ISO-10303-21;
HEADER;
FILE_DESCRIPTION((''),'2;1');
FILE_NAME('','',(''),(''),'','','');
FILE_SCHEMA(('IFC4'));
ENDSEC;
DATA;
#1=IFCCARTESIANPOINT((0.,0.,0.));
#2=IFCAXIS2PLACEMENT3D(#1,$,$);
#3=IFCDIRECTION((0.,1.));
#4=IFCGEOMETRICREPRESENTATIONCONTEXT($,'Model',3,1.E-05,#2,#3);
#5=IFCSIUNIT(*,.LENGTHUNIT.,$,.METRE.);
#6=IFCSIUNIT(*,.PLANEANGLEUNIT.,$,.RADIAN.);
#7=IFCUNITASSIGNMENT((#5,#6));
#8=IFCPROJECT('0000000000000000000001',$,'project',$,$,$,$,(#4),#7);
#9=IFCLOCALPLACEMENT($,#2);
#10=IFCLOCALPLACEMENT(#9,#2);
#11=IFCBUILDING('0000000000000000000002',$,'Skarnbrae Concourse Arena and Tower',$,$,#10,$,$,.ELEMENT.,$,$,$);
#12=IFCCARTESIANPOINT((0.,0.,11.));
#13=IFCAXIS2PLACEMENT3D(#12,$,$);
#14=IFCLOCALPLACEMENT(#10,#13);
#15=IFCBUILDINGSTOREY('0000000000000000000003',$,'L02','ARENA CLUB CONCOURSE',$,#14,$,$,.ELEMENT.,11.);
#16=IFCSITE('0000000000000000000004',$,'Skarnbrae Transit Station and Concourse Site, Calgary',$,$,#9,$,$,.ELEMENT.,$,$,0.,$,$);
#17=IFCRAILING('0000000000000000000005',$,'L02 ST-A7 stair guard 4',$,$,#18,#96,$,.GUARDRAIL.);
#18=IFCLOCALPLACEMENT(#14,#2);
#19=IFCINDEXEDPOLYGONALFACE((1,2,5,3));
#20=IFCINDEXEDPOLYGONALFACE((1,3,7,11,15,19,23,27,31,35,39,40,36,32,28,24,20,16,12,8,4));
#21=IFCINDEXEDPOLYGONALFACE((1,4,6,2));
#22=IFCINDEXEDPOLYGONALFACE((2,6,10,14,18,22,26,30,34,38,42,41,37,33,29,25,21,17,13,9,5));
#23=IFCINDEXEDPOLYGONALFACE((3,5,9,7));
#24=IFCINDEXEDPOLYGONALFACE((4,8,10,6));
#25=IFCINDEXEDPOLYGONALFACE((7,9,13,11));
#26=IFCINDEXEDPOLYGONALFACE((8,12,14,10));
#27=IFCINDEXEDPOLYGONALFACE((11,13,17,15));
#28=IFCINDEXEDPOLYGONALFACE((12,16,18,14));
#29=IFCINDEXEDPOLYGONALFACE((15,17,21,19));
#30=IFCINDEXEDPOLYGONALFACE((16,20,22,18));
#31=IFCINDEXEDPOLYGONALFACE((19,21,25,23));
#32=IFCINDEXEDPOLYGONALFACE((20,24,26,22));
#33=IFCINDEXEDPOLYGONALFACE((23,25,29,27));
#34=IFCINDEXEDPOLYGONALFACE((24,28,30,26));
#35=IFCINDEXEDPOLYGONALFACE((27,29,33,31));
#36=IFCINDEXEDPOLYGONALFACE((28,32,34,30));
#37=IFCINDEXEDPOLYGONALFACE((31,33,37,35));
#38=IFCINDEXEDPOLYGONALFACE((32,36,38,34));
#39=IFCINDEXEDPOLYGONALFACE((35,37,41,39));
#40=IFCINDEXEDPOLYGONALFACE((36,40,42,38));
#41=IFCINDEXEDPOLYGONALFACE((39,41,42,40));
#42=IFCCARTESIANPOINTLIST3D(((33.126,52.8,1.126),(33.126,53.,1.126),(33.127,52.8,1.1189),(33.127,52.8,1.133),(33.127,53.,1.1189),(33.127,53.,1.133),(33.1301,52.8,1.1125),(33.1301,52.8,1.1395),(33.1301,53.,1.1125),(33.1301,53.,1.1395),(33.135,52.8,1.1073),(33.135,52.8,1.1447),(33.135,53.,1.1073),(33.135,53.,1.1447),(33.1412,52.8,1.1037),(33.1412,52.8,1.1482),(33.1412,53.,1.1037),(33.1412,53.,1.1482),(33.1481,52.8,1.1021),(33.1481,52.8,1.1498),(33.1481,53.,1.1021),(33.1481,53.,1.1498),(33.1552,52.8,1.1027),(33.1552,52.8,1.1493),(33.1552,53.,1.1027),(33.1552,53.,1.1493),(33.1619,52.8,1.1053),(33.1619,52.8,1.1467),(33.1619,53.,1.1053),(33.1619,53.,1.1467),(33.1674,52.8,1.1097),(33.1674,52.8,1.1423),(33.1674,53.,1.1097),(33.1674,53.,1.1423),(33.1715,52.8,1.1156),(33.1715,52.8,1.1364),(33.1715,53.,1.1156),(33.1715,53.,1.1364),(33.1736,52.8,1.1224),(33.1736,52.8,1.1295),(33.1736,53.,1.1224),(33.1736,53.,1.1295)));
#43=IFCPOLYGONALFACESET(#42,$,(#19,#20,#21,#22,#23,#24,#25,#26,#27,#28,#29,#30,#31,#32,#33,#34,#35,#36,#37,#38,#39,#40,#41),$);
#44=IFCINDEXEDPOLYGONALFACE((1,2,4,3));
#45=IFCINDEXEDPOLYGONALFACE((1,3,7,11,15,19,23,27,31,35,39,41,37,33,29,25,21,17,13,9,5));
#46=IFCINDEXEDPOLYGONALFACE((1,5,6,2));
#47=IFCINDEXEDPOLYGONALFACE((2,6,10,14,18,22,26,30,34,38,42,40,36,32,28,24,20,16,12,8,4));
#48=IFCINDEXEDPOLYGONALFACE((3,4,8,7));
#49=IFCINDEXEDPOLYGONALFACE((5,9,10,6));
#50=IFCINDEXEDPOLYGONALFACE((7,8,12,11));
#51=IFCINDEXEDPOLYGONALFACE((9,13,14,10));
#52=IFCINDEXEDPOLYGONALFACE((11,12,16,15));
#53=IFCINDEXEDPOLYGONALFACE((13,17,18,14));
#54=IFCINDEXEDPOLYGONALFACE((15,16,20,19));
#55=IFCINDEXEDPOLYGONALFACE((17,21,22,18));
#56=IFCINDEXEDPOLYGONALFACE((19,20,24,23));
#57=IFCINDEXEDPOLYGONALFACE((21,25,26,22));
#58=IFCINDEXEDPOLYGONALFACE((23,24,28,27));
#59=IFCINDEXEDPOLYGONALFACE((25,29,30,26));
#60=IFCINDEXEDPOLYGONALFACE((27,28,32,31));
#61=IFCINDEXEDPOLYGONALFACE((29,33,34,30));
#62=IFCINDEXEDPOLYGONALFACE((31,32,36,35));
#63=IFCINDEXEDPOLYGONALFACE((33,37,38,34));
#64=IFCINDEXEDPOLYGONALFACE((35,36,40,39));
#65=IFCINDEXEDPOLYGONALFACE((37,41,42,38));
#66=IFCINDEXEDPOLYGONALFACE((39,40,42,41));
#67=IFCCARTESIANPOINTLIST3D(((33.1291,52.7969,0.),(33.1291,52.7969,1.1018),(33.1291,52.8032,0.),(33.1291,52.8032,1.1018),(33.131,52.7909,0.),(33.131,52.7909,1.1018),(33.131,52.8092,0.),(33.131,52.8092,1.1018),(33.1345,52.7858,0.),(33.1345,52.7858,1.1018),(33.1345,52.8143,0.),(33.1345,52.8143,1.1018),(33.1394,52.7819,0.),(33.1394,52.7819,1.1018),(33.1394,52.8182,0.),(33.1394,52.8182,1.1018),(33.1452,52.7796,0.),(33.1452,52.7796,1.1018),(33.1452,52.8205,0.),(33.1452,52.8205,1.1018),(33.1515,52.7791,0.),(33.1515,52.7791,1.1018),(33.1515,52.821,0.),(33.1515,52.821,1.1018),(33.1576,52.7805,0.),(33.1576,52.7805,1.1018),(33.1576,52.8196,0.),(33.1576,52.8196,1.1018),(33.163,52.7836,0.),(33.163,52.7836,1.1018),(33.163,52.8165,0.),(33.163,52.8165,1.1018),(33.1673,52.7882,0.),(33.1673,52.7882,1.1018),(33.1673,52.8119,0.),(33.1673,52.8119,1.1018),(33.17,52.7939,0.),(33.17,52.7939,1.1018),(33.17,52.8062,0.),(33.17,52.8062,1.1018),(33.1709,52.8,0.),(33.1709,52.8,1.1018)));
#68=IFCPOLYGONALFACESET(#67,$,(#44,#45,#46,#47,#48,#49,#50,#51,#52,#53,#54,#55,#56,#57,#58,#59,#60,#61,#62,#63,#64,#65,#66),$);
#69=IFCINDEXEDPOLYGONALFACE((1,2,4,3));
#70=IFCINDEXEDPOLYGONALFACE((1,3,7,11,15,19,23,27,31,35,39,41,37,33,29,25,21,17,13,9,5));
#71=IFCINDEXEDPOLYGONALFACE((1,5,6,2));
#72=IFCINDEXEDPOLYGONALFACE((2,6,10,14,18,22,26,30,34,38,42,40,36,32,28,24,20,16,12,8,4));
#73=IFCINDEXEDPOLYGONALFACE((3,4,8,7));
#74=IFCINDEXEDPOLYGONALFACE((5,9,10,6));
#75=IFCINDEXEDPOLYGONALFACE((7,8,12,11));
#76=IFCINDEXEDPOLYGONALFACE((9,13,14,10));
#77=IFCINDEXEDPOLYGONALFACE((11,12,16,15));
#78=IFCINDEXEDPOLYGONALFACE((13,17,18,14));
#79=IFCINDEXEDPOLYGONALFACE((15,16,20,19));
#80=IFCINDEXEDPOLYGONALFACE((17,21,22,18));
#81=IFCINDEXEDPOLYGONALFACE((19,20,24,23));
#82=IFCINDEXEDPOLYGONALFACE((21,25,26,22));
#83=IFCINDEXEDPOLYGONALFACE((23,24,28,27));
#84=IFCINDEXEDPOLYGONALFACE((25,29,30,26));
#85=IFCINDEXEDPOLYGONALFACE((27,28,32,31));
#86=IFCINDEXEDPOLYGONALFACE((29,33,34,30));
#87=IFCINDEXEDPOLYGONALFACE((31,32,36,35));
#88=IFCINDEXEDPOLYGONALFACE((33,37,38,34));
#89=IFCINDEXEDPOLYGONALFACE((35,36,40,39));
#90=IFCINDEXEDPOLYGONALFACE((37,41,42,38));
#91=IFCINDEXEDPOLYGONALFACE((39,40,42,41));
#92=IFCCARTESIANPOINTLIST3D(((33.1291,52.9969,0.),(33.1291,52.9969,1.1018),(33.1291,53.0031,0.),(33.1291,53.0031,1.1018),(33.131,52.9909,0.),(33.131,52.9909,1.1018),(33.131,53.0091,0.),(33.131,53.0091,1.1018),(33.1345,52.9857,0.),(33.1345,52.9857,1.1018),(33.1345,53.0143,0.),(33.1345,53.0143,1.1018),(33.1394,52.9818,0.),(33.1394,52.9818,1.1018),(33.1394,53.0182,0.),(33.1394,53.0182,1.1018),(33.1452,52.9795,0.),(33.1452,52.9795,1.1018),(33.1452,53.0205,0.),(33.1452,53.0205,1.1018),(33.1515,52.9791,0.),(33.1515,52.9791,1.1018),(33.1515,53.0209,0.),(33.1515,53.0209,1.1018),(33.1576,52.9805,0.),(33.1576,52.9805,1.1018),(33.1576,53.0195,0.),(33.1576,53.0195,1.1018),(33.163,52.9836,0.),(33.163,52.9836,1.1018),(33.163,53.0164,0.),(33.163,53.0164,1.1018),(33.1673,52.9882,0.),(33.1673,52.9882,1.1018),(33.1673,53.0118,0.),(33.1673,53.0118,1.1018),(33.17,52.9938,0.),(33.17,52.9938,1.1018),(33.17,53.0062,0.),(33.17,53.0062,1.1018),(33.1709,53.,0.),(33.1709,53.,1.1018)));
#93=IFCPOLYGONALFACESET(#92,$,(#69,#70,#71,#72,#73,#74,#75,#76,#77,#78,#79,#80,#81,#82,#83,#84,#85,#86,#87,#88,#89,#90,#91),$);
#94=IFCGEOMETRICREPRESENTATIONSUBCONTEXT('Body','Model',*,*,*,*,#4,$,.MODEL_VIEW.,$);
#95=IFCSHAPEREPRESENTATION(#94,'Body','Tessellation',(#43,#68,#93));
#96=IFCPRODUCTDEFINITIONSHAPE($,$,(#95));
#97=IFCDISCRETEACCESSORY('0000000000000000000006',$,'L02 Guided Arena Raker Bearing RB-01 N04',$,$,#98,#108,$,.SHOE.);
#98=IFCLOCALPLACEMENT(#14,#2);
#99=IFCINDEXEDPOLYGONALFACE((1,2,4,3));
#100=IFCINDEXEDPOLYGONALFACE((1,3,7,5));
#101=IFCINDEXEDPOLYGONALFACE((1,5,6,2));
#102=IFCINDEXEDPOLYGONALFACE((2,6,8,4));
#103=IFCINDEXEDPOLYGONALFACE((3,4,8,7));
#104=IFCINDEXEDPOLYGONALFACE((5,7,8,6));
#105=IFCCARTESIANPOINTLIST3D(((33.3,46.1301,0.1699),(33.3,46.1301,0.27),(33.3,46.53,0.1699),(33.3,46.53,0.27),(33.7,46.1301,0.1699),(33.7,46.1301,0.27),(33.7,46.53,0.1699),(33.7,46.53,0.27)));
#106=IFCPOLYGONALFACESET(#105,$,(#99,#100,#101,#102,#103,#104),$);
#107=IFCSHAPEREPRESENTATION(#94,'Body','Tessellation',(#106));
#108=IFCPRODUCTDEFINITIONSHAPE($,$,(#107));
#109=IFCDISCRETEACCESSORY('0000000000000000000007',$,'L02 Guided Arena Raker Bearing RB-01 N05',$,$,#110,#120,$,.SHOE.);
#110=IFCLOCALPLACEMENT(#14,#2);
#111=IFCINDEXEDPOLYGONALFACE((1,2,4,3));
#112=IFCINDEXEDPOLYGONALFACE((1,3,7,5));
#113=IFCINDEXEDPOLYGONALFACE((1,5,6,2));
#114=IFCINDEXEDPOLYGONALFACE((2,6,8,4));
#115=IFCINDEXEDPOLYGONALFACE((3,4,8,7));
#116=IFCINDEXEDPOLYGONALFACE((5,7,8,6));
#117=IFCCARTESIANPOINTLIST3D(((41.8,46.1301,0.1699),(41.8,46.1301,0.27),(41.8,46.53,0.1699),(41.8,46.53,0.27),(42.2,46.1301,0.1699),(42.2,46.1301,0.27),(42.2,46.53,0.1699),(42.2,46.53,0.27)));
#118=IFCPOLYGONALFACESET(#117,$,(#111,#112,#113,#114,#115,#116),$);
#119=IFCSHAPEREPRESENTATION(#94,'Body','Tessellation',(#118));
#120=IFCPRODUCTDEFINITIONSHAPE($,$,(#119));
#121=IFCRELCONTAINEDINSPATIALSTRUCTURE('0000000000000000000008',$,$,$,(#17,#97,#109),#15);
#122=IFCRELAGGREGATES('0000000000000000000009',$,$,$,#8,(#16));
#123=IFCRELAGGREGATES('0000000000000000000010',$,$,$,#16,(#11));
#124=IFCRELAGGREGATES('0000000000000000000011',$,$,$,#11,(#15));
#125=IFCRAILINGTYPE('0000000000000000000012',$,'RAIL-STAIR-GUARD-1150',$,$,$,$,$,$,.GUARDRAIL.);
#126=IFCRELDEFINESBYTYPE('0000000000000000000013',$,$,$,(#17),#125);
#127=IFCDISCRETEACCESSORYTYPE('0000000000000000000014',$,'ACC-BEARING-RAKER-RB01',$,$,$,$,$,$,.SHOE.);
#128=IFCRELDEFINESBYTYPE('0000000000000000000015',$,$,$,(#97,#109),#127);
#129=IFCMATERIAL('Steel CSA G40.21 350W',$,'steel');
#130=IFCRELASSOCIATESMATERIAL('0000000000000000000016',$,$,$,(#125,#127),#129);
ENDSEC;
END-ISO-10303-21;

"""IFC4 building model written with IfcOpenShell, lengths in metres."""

from ifc_helpers import new_model, si_unit, direction, frame, origin, origin_2d, place, context, subcontext, project, spatial, rectangle, circle, extrude, source, transform, mapped, material, type_object, element, save


model = new_model("IFC4")

# Units and contexts
model_context = context("Model", 3, precision=1e-05, world=origin(), true_north=direction((0.0, 1.0)))
body_context = subcontext(model_context, "Body", "Model", "MODEL_VIEW")
ifc_project = project(units=[si_unit("LENGTHUNIT", "METRE"), si_unit("PLANEANGLEUNIT", "RADIAN")], contexts=[model_context])

# Site, building, storey
site_placement = place(None, origin())
site = spatial("IfcSite", under=ifc_project, at=site_placement, Name="Skarnbrae Transit Station and Concourse Site, Calgary", CompositionType="ELEMENT", RefElevation=0.0)
building_placement = place(site_placement, origin())
building = spatial("IfcBuilding", under=site, at=building_placement, Name="Skarnbrae Concourse Arena and Tower", CompositionType="ELEMENT")
storey_placement = place(building_placement, frame((0.0, 0.0, 11.0)))
storey = spatial("IfcBuildingStorey", under=building, at=storey_placement, Name="L02", Description="ARENA CLUB CONCOURSE", CompositionType="ELEMENT", Elevation=11.0)

# Shared definitions
ifc_material_1 = material(Name="Steel CSA G40.21 350W", Category="steel")

# Railing
railing_type_1 = type_object("IfcRailingType", Name="RAIL-STAIR-GUARD-1150", PredefinedType="GUARDRAIL", material=ifc_material_1)
railing_1_placement = place(storey_placement, frame((33.1499, 52.8, 0.0)))
element("IfcRailing", 1, at=railing_1_placement, inside=storey, type_object=railing_type_1, Name="L02 ST-A7 stair guard 4", PredefinedType="GUARDRAIL", context=body_context, shape_type="SweptSolid", body=[
    extrude(circle(Radius=0.0239, at=origin_2d()), frame((0.0, 0.0, 1.126), z_axis=(0.0, 1.0, 0.0), x_axis=(-1.0, 0.0, 0.0)), (0.0, 0.0, 1.0), 0.2),
    extrude(circle(Radius=0.021, at=origin_2d()), origin(), (0.0, 0.0, 1.0), 1.1018),
    extrude(circle(Radius=0.021, at=origin_2d()), frame((0.0, 0.2, 0.0)), (0.0, 0.0, 1.0), 1.1018),
])

# Discrete accessories
discrete_accessory_type = type_object("IfcDiscreteAccessoryType", Name="ACC-BEARING-RAKER-RB01", PredefinedType="SHOE", material=ifc_material_1)
shared_shape_1 = source(origin(), body_context, "Body", "SweptSolid", [
    extrude(rectangle(XDim=0.3999, YDim=0.3999, at=origin_2d()), origin(), (0.0, 0.0, 1.0), 0.1001),
])
for number, where, z_axis, x_axis, name in (
    (2, (33.5, 46.3301, 0.1699), (0.0, 0.0, 1.0), (1.0, 0.0, 0.0), "L02 Guided Arena Raker Bearing RB-01 N04"),
    (3, (42.0, 46.3301, 0.1699), (0.0, 0.0, 1.0), (1.0, 0.0, 0.0), "L02 Guided Arena Raker Bearing RB-01 N05"),
):
    element("IfcDiscreteAccessory", number, at=place(storey_placement, frame(where, z_axis=z_axis, x_axis=x_axis)), inside=storey, type_object=discrete_accessory_type, Name=name, PredefinedType="SHOE", context=body_context, shape_type="MappedRepresentation", body=[
        mapped(shared_shape_1, transform((0.0, 0.0, 0.0))),
    ])

save(model, "model.ifc")
